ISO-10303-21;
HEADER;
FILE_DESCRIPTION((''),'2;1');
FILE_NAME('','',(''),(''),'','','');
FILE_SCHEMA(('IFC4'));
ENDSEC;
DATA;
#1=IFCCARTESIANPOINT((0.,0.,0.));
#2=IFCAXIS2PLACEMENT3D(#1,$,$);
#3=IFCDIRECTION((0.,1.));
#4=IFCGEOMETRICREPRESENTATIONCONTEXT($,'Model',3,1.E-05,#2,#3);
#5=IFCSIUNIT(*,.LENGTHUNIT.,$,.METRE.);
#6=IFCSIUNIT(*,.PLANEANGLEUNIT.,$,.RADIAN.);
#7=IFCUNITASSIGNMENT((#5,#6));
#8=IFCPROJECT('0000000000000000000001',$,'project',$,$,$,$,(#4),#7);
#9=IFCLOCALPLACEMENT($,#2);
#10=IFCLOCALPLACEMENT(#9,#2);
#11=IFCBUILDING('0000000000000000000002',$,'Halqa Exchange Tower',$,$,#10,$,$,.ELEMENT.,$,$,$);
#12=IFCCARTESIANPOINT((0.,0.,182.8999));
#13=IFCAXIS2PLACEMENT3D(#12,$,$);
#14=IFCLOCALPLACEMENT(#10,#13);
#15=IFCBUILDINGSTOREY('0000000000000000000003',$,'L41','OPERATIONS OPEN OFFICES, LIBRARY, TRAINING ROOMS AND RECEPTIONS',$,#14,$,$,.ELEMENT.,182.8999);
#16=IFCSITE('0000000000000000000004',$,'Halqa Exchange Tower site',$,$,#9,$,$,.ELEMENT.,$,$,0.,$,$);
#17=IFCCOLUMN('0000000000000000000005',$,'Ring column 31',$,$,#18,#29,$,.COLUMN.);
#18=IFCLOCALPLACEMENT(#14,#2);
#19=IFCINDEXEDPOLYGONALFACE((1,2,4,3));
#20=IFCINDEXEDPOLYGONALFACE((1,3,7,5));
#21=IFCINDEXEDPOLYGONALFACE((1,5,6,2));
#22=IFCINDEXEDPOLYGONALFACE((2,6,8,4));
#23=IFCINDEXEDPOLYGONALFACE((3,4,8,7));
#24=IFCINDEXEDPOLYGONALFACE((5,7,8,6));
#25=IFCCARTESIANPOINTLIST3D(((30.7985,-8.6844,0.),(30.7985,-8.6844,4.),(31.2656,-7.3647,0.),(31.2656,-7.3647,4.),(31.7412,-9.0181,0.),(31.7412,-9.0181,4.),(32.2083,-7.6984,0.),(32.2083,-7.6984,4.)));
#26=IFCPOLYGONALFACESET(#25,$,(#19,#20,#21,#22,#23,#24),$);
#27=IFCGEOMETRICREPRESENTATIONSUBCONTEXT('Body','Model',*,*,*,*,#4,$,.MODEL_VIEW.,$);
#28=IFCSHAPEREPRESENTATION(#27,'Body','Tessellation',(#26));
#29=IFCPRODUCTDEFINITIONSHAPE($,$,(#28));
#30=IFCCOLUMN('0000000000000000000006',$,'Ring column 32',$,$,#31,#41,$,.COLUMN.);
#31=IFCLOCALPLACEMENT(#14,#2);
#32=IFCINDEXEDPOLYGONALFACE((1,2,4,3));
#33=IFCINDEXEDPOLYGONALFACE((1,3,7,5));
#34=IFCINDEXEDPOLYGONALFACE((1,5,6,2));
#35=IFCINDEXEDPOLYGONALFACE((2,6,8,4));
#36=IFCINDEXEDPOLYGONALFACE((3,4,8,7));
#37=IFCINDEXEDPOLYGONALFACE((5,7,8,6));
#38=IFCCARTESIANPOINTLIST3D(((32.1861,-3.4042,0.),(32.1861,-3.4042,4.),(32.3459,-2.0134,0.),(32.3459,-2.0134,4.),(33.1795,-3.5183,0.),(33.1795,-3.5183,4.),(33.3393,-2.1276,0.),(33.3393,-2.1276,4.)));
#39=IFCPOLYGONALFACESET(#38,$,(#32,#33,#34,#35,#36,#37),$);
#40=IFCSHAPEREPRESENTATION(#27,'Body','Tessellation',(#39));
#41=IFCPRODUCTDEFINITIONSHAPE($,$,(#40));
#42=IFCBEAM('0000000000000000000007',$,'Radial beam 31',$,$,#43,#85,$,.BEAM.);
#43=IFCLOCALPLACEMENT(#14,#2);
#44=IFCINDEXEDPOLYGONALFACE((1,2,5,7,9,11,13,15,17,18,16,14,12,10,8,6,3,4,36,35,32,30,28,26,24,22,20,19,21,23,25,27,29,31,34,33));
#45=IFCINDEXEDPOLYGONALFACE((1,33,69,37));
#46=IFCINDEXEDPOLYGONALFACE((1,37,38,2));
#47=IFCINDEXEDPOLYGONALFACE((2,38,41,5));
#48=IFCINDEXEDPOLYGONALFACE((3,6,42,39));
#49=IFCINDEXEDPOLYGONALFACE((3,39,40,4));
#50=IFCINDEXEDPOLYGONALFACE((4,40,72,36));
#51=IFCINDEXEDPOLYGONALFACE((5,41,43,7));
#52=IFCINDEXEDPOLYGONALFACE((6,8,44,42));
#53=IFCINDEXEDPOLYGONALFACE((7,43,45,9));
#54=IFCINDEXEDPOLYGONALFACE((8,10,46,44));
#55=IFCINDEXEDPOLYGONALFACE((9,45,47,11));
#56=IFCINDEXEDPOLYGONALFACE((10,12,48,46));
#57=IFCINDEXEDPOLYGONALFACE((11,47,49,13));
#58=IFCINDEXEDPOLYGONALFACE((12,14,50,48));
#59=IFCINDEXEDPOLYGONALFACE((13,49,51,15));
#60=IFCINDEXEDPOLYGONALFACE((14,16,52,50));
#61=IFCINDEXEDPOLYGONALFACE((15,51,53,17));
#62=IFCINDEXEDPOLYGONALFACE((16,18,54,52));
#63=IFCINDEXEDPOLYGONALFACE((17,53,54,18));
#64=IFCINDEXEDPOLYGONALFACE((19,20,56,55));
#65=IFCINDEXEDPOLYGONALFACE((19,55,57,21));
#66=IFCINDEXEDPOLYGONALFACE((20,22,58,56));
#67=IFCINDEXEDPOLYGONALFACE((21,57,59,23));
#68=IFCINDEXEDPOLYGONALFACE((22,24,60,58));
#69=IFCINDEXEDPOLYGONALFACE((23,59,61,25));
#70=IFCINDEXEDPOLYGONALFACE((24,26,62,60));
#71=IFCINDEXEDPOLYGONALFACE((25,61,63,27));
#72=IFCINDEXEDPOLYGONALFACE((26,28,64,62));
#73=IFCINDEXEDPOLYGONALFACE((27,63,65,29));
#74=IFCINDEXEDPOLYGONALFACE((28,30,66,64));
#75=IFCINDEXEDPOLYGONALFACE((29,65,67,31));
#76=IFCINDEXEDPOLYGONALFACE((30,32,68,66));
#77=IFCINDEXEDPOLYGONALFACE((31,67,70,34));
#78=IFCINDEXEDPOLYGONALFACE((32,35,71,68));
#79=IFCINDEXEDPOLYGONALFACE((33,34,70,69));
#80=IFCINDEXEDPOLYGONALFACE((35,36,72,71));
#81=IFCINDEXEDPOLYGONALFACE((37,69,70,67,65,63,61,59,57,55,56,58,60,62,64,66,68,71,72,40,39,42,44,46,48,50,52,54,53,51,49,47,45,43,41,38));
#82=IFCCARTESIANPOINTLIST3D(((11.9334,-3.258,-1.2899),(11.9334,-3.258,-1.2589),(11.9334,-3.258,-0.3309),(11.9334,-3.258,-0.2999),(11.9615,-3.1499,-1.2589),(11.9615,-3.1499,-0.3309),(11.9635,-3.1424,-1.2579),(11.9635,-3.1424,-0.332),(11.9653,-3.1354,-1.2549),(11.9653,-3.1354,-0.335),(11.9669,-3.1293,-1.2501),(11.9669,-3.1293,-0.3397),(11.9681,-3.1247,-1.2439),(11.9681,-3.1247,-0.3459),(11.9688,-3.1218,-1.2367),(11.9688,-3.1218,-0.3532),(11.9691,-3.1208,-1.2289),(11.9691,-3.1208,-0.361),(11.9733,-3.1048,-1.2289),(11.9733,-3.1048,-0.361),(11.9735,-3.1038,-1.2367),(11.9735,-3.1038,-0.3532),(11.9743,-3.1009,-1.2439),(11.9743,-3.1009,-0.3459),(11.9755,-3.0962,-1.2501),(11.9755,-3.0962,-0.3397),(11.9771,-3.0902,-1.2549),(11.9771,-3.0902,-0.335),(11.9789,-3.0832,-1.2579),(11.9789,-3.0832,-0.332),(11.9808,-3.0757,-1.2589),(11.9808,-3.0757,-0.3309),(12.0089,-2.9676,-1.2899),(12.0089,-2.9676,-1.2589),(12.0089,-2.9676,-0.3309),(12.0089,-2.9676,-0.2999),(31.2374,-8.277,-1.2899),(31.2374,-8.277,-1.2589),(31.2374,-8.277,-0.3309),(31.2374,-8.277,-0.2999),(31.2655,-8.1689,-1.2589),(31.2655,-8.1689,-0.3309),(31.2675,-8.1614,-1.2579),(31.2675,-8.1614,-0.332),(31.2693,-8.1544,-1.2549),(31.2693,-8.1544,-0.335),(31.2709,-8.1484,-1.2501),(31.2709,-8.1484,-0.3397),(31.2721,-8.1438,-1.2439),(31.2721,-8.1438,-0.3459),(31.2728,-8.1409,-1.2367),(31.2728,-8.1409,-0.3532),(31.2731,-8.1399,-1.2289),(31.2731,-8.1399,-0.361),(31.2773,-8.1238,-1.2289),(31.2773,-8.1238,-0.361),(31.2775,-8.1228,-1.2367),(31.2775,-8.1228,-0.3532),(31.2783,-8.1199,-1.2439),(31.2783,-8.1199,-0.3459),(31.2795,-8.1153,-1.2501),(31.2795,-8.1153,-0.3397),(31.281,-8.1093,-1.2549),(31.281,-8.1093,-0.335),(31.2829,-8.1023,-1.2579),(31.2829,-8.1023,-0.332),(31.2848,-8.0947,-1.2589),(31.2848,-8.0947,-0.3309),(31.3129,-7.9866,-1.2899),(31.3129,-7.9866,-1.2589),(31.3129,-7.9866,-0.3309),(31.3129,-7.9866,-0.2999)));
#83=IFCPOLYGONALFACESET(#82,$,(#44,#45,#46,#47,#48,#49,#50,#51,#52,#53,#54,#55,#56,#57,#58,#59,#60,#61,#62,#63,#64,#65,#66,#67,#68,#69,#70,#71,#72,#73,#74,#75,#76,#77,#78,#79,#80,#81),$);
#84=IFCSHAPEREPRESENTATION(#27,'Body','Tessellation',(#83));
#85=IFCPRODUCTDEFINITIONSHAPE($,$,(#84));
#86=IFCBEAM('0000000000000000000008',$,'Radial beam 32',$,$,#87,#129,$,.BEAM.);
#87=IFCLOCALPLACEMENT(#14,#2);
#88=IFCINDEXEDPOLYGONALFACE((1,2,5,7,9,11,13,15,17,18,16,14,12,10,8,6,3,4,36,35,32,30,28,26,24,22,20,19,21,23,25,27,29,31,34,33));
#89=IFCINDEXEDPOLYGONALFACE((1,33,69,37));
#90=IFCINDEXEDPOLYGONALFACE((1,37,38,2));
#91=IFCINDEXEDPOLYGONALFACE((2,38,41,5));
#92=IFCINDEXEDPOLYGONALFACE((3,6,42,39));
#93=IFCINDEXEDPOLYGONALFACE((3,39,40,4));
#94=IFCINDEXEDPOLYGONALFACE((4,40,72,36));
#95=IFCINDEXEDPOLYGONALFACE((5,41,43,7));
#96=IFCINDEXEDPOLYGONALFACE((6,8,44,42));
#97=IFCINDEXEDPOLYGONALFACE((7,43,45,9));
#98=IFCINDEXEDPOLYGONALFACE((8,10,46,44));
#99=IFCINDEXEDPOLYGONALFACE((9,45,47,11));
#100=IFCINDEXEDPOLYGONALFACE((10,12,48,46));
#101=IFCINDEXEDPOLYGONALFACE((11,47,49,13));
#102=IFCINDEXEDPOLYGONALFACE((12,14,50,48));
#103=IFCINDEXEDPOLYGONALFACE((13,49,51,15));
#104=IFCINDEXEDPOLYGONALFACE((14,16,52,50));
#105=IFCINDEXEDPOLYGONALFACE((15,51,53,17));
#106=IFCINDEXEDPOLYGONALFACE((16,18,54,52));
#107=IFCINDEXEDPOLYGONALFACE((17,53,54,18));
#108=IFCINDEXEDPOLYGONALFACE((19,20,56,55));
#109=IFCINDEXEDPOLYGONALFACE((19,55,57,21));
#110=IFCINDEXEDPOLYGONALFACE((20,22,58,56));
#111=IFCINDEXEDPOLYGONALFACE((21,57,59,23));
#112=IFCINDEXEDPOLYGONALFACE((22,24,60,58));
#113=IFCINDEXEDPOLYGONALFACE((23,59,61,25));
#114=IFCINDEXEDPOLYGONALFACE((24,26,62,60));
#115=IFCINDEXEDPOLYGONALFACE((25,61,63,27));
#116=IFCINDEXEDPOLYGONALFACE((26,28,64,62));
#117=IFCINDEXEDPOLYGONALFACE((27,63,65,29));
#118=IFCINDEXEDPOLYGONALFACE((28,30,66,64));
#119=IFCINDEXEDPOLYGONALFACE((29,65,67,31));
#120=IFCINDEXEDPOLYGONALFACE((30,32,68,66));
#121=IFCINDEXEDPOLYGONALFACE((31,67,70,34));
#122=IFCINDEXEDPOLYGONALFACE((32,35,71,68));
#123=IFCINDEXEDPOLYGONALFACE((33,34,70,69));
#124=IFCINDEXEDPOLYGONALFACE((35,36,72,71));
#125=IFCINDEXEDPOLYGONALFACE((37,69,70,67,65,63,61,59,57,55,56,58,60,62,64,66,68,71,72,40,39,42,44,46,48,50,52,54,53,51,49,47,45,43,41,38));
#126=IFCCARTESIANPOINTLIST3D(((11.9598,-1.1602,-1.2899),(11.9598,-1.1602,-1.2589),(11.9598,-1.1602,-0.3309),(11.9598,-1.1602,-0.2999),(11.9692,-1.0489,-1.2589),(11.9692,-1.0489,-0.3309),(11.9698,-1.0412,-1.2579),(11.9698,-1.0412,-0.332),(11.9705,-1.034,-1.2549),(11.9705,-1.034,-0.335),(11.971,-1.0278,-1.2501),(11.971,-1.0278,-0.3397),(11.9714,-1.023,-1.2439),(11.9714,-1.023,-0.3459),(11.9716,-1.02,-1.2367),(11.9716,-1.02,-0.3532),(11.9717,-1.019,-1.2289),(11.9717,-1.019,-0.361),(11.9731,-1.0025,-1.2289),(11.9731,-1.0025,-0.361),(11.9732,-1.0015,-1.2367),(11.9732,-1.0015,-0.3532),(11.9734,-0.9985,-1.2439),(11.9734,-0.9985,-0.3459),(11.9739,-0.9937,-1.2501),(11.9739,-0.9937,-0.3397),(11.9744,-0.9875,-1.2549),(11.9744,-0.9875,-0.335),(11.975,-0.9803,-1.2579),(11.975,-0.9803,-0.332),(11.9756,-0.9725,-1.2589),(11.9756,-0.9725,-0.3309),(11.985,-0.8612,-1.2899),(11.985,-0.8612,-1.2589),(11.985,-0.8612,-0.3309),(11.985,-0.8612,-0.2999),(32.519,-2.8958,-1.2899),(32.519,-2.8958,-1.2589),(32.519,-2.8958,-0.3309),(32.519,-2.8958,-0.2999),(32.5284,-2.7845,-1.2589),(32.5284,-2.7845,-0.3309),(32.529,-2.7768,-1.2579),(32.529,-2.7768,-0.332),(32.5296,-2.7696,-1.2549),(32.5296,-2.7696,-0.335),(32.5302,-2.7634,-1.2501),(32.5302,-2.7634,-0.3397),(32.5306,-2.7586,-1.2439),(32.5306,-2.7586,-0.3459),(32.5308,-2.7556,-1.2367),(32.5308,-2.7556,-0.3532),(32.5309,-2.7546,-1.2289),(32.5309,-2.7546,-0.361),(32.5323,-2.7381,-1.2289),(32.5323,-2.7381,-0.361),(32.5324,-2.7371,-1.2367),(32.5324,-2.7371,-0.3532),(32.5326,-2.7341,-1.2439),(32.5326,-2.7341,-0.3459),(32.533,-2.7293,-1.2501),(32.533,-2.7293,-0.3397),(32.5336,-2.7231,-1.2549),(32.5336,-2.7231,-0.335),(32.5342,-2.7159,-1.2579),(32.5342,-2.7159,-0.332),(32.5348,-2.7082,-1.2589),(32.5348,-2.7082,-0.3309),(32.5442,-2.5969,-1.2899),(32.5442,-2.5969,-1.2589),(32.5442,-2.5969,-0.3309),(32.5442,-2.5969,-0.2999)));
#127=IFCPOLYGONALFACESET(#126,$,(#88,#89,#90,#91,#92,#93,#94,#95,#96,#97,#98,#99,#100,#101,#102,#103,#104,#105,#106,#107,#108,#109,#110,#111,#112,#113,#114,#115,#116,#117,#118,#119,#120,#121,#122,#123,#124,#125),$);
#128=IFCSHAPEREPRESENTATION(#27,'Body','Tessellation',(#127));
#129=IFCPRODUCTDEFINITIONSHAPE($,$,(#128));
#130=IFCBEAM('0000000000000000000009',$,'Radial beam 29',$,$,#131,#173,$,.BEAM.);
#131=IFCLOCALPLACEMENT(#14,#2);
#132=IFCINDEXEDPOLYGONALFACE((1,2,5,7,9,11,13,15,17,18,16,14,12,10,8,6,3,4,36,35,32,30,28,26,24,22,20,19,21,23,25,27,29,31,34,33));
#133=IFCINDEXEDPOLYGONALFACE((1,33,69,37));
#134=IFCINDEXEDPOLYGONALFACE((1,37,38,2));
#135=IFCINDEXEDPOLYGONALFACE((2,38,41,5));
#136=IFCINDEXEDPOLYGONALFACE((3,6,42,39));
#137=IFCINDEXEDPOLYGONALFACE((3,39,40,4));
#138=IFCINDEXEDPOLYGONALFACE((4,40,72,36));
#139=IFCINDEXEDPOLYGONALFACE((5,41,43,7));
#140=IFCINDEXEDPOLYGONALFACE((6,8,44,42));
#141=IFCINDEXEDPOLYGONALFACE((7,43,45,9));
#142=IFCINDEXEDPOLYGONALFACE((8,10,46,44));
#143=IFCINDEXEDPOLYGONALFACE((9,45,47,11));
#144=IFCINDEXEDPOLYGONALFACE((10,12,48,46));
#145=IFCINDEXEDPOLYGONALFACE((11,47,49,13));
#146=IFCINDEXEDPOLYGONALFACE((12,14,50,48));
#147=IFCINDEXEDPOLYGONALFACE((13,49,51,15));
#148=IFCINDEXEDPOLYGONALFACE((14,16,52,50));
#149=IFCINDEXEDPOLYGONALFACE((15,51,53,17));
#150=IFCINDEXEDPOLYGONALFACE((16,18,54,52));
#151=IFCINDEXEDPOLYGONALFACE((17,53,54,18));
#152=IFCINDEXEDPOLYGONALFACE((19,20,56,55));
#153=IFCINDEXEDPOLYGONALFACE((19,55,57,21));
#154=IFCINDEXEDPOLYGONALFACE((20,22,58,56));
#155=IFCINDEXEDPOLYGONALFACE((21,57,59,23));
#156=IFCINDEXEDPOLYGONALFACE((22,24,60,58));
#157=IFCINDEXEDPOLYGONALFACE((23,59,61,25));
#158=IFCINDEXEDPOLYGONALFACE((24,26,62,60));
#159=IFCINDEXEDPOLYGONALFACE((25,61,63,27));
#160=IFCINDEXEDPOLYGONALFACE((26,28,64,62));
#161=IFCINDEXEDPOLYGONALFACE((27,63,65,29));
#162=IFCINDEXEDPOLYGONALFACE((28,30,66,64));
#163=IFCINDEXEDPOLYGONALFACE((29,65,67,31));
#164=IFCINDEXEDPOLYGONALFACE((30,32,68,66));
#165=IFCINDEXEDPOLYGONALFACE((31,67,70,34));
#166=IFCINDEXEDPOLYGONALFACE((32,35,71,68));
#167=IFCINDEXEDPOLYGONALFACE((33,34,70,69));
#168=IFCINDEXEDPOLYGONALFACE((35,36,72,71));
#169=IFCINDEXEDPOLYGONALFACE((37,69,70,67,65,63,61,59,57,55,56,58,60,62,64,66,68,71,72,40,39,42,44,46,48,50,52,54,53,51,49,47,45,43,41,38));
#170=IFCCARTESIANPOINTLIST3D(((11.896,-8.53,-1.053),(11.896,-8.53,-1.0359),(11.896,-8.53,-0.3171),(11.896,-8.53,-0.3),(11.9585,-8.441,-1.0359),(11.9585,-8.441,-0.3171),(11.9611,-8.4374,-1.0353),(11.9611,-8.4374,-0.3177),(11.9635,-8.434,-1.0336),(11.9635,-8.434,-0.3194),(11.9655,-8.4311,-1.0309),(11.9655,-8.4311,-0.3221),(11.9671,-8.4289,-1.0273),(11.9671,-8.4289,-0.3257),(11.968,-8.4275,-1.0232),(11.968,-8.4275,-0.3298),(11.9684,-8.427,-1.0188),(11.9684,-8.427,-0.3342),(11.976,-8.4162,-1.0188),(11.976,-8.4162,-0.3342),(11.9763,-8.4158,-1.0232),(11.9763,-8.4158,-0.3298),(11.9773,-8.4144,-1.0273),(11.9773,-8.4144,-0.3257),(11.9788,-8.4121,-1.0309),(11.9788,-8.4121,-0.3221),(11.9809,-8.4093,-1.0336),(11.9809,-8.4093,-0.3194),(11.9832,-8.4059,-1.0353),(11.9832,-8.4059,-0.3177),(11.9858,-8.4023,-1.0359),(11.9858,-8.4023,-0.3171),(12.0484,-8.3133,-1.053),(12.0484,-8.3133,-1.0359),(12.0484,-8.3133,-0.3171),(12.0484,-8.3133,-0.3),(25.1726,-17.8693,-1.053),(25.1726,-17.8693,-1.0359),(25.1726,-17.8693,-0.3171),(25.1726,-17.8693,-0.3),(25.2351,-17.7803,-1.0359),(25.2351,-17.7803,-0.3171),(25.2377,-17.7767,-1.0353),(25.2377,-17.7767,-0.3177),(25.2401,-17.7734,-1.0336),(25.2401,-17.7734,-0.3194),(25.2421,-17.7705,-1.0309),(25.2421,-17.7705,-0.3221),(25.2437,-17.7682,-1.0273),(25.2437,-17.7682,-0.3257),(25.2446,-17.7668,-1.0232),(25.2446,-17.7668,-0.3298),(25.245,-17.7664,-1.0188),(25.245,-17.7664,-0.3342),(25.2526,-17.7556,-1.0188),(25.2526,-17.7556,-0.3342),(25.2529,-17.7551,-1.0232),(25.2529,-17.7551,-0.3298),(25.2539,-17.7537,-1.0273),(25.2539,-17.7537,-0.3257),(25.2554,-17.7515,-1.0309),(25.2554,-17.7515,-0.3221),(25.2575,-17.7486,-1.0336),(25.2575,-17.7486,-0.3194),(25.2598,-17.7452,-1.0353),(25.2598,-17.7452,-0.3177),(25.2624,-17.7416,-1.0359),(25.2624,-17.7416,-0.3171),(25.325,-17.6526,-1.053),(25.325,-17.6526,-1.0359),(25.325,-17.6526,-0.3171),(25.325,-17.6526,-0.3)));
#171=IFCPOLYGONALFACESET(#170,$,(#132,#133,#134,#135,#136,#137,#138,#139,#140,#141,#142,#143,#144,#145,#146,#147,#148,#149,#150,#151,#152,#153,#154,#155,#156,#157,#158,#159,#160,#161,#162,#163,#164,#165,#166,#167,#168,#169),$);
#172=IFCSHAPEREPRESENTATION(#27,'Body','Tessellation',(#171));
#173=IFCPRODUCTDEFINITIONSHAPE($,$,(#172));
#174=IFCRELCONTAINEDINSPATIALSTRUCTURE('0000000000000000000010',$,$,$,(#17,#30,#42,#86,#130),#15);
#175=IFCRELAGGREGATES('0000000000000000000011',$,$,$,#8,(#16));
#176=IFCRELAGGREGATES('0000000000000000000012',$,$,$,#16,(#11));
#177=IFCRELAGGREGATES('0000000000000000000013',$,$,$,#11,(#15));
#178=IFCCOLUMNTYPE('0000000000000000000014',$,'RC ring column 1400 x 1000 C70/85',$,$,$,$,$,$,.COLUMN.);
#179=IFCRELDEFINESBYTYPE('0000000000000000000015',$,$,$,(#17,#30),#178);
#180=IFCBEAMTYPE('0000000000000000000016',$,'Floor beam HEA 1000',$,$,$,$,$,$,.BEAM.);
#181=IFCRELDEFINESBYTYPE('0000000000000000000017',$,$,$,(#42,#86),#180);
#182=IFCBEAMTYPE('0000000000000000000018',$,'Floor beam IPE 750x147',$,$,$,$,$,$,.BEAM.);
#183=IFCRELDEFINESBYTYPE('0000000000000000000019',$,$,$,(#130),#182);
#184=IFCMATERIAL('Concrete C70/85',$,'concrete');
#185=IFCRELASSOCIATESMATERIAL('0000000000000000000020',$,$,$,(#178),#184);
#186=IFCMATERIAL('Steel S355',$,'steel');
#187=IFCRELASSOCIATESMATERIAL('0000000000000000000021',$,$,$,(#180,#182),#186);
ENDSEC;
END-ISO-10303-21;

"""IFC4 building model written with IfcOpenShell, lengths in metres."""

from ifc_helpers import new_model, si_unit, direction, frame, origin, origin_2d, place, context, subcontext, project, spatial, rectangle, i_section, extrude, material, material_profile, profile_set, type_object, element, save


model = new_model("IFC4")

# Units and contexts
model_context = context("Model", 3, precision=1e-05, world=origin(), true_north=direction((0.0, 1.0)))
body_context = subcontext(model_context, "Body", "Model", "MODEL_VIEW")
ifc_project = project(units=[si_unit("LENGTHUNIT", "METRE"), si_unit("PLANEANGLEUNIT", "RADIAN")], contexts=[model_context])

# Site, building, storey
site_placement = place(None, origin())
site = spatial("IfcSite", under=ifc_project, at=site_placement, Name="Halqa Exchange Tower site", CompositionType="ELEMENT", RefElevation=0.0)
building_placement = place(site_placement, origin())
building = spatial("IfcBuilding", under=site, at=building_placement, Name="Halqa Exchange Tower", CompositionType="ELEMENT")
storey_placement = place(building_placement, frame((0.0, 0.0, 182.8999)))
storey = spatial("IfcBuildingStorey", under=building, at=storey_placement, Name="L41", Description="OPERATIONS OPEN OFFICES, LIBRARY, TRAINING ROOMS AND RECEPTIONS", CompositionType="ELEMENT", Elevation=182.8999)

# Columns
ifc_material_1 = material(Name="Concrete C70/85", Category="concrete")
ifc_material_profile_1 = material_profile(ifc_material_1, rectangle(XDim=1.3999, YDim=1.0, at=origin_2d()), Name="1400 x 1000")
ifc_profile_set_1 = profile_set([ifc_material_profile_1], Name="Concrete C70/85")
column_type = type_object("IfcColumnType", Name="RC ring column 1400 x 1000 C70/85", PredefinedType="COLUMN", material=ifc_profile_set_1)
for number, where, z_axis, x_axis, name in (
    (1, (31.5034, -8.1914, 0.0), (0.0, 0.0, 1.0), (0.333632, 0.942703, 0.0), "Ring column 31"),
    (2, (32.7627, -2.7659, 0.0), (0.0, 0.0, 1.0), (0.114159, 0.993463, 0.0), "Ring column 32"),
):
    element("IfcColumn", number, at=place(storey_placement, frame(where, z_axis=z_axis, x_axis=x_axis)), inside=storey, type_object=column_type, Name=name, PredefinedType="COLUMN", context=body_context, shape_type="SweptSolid", body=[
        extrude(rectangle(XDim=1.3999, YDim=1.0, at=origin_2d()), origin(), (0.0, 0.0, 1.0), 4.0),
    ])

# Beams
ifc_material_2 = material(Name="Steel S355", Category="steel")
ifc_material_profile_2 = material_profile(ifc_material_2, i_section(OverallWidth=0.3, OverallDepth=0.99, WebThickness=0.0166, FlangeThickness=0.031, FilletRadius=0.03, at=origin_2d()), Name="HEA 1000")
ifc_profile_set_2 = profile_set([ifc_material_profile_2], Name="Steel S355")
beam_type_1 = type_object("IfcBeamType", Name="Floor beam HEA 1000", PredefinedType="BEAM", material=ifc_profile_set_2)
beam_1_placement = place(storey_placement, frame((11.9712, -3.1128, -0.7949), z_axis=(0.967822, -0.251635, 0.0), x_axis=(0.251635, 0.967822, 0.0)))
element("IfcBeam", 3, at=beam_1_placement, inside=storey, type_object=beam_type_1, Name="Radial beam 31", PredefinedType="BEAM", context=body_context, shape_type="SweptSolid", body=[
    extrude(i_section(OverallWidth=0.3, OverallDepth=0.99, WebThickness=0.0166, FlangeThickness=0.031, FilletRadius=0.03, at=origin_2d()), origin(), (0.0, 0.0, 1.0), 19.9458),
])
beam_2_placement = place(storey_placement, frame((11.9724, -1.0107, -0.7949), z_axis=(0.996456, -0.084121, 0.0), x_axis=(0.084121, 0.996456, 0.0)))
element("IfcBeam", 4, at=beam_2_placement, inside=storey, type_object=beam_type_1, Name="Radial beam 32", PredefinedType="BEAM", context=body_context, shape_type="SweptSolid", body=[
    extrude(i_section(OverallWidth=0.3, OverallDepth=0.99, WebThickness=0.0166, FlangeThickness=0.031, FilletRadius=0.03, at=origin_2d()), origin(), (0.0, 0.0, 1.0), 20.6323),
])
ifc_material_profile_3 = material_profile(ifc_material_2, i_section(OverallWidth=0.2649, OverallDepth=0.7529, WebThickness=0.0132, FlangeThickness=0.0171, FilletRadius=0.0171, at=origin_2d()), Name="IPE 750x147")
ifc_profile_set_3 = profile_set([ifc_material_profile_3], Name="Steel S355")
beam_type_2 = type_object("IfcBeamType", Name="Floor beam IPE 750x147", PredefinedType="BEAM", material=ifc_profile_set_3)
beam_3_placement = place(storey_placement, frame((11.9722, -8.4216, -0.6765), z_axis=(0.817906, -0.575351, 0.0), x_axis=(0.575351, 0.817906, 0.0)))
element("IfcBeam", 5, at=beam_3_placement, inside=storey, type_object=beam_type_2, Name="Radial beam 29", PredefinedType="BEAM", context=body_context, shape_type="SweptSolid", body=[
    extrude(i_section(OverallWidth=0.2649, OverallDepth=0.7529, WebThickness=0.0132, FlangeThickness=0.0171, FilletRadius=0.0171, at=origin_2d()), origin(), (0.0, 0.0, 1.0), 16.2324),
])

save(model, "model.ifc")
